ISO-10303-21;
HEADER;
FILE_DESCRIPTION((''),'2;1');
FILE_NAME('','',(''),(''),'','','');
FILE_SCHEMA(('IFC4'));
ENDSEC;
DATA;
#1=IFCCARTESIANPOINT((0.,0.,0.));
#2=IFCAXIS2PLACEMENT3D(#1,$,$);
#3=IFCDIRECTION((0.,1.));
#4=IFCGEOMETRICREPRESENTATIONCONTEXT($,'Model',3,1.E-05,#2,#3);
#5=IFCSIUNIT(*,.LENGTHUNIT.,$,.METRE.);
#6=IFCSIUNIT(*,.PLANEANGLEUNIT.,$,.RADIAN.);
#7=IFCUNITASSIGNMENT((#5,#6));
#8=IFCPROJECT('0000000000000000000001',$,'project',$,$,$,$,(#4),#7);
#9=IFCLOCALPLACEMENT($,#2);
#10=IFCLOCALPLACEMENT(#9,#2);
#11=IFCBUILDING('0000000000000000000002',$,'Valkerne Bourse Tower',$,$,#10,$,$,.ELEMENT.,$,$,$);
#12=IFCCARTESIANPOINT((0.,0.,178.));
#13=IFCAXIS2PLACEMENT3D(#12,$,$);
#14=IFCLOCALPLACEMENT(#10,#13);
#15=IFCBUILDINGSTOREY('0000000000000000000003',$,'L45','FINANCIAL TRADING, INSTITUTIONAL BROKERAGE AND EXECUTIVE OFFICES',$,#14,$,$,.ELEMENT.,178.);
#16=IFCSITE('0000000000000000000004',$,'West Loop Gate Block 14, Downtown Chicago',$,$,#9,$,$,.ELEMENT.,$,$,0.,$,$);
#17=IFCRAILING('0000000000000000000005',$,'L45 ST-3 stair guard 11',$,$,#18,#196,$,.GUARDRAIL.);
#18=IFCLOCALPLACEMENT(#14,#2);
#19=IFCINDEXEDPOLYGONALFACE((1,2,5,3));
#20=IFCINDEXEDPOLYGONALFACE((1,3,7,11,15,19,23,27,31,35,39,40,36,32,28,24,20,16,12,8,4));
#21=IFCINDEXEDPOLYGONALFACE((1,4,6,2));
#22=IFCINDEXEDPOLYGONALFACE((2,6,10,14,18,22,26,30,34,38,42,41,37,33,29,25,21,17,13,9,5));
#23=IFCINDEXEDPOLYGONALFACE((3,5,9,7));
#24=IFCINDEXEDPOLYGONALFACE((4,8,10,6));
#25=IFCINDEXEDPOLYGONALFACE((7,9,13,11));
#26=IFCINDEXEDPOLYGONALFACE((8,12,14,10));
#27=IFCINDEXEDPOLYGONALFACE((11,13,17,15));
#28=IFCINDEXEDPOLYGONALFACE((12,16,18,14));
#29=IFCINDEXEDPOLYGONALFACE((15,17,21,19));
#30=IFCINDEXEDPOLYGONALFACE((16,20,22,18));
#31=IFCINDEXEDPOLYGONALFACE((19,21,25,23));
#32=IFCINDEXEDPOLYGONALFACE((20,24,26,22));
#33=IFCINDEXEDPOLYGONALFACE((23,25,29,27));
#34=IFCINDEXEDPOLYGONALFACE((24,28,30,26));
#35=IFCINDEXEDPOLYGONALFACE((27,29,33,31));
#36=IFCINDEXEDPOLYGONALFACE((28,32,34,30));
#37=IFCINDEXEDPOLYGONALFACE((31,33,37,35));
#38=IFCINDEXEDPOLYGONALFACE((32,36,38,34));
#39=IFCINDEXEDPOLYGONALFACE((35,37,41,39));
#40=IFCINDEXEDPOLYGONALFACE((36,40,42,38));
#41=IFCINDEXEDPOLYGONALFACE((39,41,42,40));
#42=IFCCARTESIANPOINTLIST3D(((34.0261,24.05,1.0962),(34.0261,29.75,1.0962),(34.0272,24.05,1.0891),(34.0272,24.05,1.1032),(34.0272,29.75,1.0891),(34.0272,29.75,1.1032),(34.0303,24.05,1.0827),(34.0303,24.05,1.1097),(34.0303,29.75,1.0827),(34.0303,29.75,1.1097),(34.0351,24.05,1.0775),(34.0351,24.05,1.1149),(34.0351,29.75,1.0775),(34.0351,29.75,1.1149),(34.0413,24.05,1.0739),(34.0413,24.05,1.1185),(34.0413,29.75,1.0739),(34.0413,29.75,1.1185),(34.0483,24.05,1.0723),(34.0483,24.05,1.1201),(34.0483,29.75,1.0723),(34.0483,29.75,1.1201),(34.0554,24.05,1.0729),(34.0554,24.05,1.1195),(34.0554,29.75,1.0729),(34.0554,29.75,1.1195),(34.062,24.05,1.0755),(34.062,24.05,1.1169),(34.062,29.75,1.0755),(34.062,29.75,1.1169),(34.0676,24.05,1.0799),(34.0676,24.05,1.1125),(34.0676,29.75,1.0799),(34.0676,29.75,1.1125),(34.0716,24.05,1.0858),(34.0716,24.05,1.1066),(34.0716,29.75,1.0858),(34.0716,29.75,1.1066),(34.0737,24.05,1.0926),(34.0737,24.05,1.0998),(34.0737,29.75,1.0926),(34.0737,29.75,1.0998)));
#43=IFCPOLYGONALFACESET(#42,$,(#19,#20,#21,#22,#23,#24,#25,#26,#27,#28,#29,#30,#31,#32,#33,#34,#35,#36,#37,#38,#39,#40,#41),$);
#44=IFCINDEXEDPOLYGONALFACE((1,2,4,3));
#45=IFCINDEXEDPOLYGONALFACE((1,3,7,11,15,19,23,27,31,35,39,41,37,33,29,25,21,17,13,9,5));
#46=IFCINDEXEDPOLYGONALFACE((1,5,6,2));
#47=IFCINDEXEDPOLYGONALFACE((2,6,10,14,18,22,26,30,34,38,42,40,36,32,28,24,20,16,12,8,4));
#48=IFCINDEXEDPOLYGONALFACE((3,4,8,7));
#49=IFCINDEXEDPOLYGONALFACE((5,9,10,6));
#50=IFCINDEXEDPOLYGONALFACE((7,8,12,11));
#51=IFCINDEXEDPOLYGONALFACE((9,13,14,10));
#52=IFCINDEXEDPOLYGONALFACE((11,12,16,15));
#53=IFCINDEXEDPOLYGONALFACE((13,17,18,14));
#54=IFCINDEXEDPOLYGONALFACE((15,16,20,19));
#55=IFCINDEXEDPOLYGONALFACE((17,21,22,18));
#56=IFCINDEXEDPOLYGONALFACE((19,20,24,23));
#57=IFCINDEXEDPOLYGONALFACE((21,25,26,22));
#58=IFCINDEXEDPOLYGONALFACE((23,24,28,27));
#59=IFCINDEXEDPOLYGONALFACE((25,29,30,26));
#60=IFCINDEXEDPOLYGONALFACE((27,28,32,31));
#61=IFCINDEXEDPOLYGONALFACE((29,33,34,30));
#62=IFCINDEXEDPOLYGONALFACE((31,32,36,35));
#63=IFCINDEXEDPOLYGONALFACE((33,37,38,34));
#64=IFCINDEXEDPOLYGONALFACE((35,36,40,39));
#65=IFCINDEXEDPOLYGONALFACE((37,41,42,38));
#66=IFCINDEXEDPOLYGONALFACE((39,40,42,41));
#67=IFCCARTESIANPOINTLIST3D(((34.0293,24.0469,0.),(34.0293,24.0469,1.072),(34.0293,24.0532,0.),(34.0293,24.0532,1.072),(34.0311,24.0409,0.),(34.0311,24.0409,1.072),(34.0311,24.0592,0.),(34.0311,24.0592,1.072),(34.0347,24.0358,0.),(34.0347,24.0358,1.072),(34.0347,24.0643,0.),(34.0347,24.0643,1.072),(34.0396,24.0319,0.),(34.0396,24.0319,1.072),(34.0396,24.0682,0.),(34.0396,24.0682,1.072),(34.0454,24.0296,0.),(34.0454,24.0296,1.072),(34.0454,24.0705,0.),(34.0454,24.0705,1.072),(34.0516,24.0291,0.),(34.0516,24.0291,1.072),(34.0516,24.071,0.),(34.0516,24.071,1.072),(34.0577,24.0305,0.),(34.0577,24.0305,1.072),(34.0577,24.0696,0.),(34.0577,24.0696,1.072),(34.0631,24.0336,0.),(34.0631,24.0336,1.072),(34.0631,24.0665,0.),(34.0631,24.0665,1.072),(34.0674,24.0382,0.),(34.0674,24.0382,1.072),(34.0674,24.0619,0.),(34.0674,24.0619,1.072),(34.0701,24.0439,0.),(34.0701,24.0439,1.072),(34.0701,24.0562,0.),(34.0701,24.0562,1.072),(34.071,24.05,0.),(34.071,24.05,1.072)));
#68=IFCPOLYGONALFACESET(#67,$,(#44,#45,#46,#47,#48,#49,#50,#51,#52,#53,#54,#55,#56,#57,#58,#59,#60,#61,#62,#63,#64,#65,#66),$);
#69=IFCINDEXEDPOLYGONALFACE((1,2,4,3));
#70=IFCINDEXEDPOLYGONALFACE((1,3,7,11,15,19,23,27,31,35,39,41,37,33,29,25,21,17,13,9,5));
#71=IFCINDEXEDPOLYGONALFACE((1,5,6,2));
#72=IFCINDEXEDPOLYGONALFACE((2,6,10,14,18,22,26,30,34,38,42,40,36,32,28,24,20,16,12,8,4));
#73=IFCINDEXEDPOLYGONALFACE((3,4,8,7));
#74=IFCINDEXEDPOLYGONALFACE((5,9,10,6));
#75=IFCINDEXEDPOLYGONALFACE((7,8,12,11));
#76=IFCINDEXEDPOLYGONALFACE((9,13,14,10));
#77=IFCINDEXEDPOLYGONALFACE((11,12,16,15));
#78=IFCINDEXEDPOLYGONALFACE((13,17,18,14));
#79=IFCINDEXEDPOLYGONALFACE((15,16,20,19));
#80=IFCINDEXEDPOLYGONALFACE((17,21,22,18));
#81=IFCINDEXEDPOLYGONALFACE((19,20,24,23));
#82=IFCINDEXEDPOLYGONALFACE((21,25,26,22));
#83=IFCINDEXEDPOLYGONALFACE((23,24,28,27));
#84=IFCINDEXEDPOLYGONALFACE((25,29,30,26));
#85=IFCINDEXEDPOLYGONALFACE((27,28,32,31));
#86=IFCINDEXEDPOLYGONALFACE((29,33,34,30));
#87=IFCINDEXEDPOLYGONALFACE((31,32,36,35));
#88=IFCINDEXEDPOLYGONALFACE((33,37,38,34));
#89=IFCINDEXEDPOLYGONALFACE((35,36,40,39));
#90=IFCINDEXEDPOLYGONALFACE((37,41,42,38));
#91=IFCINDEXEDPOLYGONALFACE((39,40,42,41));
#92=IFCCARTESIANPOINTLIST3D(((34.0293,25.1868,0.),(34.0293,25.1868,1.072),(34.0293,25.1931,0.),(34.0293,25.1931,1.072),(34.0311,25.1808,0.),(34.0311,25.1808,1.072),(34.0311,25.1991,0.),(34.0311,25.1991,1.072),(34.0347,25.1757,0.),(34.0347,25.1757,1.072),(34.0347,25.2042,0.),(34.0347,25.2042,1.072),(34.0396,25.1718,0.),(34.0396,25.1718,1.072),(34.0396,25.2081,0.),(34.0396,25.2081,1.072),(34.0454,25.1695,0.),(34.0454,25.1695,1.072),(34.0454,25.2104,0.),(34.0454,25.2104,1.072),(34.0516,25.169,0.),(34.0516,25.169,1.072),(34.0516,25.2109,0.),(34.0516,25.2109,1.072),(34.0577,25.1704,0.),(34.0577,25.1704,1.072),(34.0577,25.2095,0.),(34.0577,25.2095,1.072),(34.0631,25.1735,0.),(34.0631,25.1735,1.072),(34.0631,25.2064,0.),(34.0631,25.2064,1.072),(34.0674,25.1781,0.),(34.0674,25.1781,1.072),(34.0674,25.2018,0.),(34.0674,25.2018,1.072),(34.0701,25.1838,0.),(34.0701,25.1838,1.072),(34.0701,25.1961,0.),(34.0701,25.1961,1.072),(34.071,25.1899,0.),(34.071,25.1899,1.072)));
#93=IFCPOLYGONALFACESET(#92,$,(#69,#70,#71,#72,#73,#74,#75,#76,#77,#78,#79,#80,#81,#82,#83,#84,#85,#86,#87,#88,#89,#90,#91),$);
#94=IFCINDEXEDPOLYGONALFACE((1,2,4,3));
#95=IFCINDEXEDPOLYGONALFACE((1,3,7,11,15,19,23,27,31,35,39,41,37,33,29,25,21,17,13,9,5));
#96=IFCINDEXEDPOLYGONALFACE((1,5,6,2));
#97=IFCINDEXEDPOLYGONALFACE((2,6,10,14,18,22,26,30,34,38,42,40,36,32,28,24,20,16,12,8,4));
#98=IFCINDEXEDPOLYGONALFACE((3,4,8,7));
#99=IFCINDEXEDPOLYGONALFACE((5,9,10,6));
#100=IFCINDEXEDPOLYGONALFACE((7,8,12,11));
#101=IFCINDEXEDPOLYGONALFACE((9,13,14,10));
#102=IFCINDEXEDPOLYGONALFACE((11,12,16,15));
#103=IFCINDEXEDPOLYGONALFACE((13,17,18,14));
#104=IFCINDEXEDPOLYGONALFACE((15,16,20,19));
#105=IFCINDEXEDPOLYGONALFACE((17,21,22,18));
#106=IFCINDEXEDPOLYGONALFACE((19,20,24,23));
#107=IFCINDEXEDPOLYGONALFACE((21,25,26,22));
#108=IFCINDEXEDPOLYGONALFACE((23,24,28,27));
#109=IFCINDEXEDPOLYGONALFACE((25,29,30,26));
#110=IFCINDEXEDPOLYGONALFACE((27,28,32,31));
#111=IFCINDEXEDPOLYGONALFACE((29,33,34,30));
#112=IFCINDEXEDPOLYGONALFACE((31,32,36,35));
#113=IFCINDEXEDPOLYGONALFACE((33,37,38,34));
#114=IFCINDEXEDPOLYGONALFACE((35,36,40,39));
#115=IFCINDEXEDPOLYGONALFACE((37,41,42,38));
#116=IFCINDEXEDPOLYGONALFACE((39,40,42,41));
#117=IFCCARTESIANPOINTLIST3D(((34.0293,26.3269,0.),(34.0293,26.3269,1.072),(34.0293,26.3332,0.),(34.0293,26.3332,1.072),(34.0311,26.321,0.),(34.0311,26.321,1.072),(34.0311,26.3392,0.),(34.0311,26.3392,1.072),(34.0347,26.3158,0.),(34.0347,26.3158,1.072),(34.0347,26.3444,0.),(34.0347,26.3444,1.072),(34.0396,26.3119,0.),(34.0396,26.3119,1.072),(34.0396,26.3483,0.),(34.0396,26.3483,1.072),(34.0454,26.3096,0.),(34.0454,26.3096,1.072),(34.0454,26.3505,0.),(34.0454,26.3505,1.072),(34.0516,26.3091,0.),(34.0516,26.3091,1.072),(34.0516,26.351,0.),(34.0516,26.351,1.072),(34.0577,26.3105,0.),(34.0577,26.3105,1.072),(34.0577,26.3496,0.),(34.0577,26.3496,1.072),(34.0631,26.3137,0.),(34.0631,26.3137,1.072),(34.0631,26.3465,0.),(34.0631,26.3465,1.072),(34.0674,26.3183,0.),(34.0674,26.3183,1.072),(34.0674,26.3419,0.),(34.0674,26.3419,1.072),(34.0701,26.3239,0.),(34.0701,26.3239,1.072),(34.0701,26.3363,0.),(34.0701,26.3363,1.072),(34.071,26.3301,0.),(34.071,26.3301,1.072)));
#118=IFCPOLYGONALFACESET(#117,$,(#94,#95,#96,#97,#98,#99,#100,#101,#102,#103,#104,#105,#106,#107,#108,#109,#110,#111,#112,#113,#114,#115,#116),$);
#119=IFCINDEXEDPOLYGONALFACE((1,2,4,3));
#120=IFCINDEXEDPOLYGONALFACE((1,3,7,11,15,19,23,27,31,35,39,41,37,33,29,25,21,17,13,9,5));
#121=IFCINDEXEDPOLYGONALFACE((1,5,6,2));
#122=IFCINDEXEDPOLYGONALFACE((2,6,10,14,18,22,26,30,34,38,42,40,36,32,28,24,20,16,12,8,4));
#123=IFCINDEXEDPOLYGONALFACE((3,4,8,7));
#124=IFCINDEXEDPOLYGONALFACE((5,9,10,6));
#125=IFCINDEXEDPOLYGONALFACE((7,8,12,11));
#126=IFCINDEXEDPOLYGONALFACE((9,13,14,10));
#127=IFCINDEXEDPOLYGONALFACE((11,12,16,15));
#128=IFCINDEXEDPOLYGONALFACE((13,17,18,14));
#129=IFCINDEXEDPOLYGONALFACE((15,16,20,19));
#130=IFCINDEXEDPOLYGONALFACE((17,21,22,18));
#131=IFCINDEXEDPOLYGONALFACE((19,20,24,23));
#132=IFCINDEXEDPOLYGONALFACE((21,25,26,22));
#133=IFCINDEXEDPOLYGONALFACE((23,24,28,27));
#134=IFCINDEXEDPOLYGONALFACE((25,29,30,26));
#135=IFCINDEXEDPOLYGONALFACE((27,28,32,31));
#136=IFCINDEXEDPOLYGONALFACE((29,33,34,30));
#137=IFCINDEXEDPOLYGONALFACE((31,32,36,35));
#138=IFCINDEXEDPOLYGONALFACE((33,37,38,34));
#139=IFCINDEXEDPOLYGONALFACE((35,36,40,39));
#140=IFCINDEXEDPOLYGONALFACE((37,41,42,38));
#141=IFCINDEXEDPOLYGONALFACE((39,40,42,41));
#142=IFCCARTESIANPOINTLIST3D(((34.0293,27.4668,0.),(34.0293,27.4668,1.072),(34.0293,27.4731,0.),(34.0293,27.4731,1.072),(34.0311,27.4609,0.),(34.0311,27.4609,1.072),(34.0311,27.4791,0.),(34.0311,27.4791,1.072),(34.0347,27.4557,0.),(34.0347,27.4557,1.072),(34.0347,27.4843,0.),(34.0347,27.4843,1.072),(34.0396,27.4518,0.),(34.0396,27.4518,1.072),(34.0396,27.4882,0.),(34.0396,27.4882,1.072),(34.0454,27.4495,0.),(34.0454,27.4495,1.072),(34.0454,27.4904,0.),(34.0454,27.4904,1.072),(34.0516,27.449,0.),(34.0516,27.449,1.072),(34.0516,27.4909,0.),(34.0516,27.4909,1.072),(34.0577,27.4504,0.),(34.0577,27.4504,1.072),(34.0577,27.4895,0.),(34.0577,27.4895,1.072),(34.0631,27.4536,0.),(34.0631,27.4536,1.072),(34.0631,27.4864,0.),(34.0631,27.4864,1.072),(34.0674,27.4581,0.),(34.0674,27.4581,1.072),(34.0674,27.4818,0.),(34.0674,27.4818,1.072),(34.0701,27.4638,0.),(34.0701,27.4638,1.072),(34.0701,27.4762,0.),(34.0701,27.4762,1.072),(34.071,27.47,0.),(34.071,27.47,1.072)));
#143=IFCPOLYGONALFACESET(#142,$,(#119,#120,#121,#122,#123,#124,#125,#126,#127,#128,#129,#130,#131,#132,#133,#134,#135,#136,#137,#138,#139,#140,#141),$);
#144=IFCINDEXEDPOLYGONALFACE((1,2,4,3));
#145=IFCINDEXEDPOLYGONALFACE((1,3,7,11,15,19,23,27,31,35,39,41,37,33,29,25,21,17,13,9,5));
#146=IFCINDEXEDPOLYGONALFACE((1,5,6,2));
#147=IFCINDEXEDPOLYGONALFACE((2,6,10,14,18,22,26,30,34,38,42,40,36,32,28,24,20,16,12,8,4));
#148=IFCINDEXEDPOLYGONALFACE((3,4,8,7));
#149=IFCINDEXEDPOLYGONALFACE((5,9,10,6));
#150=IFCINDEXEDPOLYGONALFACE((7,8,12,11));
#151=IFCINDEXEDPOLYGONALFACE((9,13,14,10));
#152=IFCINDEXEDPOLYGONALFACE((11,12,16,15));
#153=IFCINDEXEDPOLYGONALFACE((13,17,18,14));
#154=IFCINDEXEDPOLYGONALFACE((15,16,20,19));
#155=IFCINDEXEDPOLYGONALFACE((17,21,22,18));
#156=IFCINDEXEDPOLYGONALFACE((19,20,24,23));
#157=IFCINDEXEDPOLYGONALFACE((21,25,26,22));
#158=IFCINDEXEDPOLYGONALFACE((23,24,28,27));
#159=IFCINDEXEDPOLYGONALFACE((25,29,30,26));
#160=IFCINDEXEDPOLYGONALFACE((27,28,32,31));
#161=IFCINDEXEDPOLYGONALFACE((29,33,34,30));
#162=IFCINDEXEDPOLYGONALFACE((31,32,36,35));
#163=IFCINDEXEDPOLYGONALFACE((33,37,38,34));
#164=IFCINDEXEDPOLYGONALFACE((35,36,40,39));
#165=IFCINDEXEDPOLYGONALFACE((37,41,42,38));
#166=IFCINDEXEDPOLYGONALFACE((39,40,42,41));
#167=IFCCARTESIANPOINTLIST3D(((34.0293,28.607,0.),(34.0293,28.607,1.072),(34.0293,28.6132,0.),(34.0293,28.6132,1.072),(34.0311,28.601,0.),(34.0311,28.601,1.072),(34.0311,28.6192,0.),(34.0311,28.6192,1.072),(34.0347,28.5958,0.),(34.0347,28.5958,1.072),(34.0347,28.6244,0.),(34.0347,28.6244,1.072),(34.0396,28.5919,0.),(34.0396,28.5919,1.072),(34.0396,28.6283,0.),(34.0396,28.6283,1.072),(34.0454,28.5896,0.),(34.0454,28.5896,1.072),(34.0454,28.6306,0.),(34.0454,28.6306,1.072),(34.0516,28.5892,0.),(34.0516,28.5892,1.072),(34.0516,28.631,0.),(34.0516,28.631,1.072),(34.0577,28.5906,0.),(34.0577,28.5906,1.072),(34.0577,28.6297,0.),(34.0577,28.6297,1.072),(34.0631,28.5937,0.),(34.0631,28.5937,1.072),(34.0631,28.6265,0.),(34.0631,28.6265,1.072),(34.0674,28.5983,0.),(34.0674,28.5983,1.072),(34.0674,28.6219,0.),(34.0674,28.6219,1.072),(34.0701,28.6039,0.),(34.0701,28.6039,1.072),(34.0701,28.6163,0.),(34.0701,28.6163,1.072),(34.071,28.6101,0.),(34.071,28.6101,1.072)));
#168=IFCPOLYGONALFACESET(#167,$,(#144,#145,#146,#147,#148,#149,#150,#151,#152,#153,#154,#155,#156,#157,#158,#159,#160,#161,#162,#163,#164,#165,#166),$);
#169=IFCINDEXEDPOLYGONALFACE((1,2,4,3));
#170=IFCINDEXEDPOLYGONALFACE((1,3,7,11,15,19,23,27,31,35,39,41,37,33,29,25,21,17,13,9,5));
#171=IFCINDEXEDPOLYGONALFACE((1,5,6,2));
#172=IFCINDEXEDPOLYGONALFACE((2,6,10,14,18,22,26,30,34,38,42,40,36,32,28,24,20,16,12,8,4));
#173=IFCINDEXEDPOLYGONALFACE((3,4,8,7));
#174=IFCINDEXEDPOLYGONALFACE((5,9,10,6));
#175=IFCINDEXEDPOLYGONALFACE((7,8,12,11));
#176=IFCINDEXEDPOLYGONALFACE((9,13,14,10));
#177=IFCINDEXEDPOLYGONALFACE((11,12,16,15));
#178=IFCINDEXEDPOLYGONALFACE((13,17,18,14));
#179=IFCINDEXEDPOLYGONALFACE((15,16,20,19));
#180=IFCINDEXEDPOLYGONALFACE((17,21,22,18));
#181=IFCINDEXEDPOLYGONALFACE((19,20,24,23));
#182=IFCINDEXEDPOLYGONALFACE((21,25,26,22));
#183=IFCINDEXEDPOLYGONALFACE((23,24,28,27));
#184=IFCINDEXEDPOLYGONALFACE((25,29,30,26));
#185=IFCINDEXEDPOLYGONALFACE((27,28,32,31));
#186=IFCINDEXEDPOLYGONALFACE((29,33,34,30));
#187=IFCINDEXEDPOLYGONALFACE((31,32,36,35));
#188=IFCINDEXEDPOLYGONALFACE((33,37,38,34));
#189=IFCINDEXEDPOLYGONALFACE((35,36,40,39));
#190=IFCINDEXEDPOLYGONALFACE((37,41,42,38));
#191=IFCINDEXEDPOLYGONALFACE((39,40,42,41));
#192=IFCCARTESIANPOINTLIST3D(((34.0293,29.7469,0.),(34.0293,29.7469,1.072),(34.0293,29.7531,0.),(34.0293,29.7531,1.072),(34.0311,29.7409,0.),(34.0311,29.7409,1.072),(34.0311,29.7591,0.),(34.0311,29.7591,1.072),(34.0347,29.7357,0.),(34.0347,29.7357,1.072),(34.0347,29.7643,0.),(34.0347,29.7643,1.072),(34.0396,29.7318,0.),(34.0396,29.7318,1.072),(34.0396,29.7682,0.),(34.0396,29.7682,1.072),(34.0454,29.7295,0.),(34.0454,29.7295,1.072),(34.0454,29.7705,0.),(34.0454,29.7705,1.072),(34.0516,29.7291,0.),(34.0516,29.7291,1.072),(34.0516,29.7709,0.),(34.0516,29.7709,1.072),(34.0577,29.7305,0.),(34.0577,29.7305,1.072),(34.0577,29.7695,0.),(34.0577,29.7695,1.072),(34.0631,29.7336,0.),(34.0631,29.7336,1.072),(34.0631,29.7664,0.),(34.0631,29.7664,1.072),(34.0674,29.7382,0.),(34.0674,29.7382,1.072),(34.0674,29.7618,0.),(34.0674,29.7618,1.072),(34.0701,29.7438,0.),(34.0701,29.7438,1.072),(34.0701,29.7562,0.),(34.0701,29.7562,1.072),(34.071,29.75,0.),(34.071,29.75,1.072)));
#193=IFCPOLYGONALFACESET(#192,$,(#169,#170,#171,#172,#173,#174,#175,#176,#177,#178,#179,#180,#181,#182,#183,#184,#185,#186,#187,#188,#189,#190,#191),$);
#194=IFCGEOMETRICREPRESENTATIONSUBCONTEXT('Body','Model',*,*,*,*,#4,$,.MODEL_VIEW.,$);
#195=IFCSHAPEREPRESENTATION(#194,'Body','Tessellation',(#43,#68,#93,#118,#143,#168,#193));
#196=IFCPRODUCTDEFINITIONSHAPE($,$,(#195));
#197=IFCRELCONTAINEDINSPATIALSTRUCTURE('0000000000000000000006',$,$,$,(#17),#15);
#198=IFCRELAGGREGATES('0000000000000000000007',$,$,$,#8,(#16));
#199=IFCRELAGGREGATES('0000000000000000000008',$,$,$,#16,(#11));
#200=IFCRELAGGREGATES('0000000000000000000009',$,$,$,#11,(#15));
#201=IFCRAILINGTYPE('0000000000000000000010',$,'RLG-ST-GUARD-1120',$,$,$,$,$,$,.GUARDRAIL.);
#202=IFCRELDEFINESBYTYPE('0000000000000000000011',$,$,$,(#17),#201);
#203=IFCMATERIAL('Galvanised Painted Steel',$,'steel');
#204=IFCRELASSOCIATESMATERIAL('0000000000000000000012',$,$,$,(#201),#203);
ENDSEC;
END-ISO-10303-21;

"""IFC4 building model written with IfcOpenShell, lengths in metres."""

from ifc_helpers import new_model, si_unit, direction, frame, origin, origin_2d, place, context, subcontext, project, spatial, circle, extrude, material, type_object, element, save


model = new_model("IFC4")

# Units and contexts
model_context = context("Model", 3, precision=1e-05, world=origin(), true_north=direction((0.0, 1.0)))
body_context = subcontext(model_context, "Body", "Model", "MODEL_VIEW")
ifc_project = project(units=[si_unit("LENGTHUNIT", "METRE"), si_unit("PLANEANGLEUNIT", "RADIAN")], contexts=[model_context])

# Site, building, storey
site_placement = place(None, origin())
site = spatial("IfcSite", under=ifc_project, at=site_placement, Name="West Loop Gate Block 14, Downtown Chicago", CompositionType="ELEMENT", RefElevation=0.0)
building_placement = place(site_placement, origin())
building = spatial("IfcBuilding", under=site, at=building_placement, Name="Valkerne Bourse Tower", CompositionType="ELEMENT")
storey_placement = place(building_placement, frame((0.0, 0.0, 178.0)))
storey = spatial("IfcBuildingStorey", under=building, at=storey_placement, Name="L45", Description="FINANCIAL TRADING, INSTITUTIONAL BROKERAGE AND EXECUTIVE OFFICES", CompositionType="ELEMENT", Elevation=178.0)

# Railing
ifc_material_1 = material(Name="Galvanised Painted Steel", Category="steel")
railing_type_1 = type_object("IfcRailingType", Name="RLG-ST-GUARD-1120", PredefinedType="GUARDRAIL", material=ifc_material_1)
for number, where, name in (
    (1, (34.05, 24.05, 0.0), "L45 ST-3 stair guard 11"),
):
    element("IfcRailing", number, at=place(storey_placement, frame(where)), inside=storey, type_object=railing_type_1, Name=name, PredefinedType="GUARDRAIL", context=body_context, shape_type="SweptSolid", body=[
        extrude(circle(Radius=0.0239, at=origin_2d()), frame((0.0, 0.0, 1.0962), z_axis=(0.0, 1.0, 0.0), x_axis=(-1.0, 0.0, 0.0)), (0.0, 0.0, 1.0), 5.7),
        extrude(circle(Radius=0.021, at=origin_2d()), origin(), (0.0, 0.0, 1.0), 1.072),
        extrude(circle(Radius=0.021, at=origin_2d()), frame((0.0, 1.1399, 0.0)), (0.0, 0.0, 1.0), 1.072),
        extrude(circle(Radius=0.021, at=origin_2d()), frame((0.0, 2.28, 0.0)), (0.0, 0.0, 1.0), 1.072),
        extrude(circle(Radius=0.021, at=origin_2d()), frame((0.0, 3.4199, 0.0)), (0.0, 0.0, 1.0), 1.072),
        extrude(circle(Radius=0.021, at=origin_2d()), frame((0.0, 4.5601, 0.0)), (0.0, 0.0, 1.0), 1.072),
        extrude(circle(Radius=0.021, at=origin_2d()), frame((0.0, 5.7, 0.0)), (0.0, 0.0, 1.0), 1.072),
    ])

save(model, "model.ifc")
